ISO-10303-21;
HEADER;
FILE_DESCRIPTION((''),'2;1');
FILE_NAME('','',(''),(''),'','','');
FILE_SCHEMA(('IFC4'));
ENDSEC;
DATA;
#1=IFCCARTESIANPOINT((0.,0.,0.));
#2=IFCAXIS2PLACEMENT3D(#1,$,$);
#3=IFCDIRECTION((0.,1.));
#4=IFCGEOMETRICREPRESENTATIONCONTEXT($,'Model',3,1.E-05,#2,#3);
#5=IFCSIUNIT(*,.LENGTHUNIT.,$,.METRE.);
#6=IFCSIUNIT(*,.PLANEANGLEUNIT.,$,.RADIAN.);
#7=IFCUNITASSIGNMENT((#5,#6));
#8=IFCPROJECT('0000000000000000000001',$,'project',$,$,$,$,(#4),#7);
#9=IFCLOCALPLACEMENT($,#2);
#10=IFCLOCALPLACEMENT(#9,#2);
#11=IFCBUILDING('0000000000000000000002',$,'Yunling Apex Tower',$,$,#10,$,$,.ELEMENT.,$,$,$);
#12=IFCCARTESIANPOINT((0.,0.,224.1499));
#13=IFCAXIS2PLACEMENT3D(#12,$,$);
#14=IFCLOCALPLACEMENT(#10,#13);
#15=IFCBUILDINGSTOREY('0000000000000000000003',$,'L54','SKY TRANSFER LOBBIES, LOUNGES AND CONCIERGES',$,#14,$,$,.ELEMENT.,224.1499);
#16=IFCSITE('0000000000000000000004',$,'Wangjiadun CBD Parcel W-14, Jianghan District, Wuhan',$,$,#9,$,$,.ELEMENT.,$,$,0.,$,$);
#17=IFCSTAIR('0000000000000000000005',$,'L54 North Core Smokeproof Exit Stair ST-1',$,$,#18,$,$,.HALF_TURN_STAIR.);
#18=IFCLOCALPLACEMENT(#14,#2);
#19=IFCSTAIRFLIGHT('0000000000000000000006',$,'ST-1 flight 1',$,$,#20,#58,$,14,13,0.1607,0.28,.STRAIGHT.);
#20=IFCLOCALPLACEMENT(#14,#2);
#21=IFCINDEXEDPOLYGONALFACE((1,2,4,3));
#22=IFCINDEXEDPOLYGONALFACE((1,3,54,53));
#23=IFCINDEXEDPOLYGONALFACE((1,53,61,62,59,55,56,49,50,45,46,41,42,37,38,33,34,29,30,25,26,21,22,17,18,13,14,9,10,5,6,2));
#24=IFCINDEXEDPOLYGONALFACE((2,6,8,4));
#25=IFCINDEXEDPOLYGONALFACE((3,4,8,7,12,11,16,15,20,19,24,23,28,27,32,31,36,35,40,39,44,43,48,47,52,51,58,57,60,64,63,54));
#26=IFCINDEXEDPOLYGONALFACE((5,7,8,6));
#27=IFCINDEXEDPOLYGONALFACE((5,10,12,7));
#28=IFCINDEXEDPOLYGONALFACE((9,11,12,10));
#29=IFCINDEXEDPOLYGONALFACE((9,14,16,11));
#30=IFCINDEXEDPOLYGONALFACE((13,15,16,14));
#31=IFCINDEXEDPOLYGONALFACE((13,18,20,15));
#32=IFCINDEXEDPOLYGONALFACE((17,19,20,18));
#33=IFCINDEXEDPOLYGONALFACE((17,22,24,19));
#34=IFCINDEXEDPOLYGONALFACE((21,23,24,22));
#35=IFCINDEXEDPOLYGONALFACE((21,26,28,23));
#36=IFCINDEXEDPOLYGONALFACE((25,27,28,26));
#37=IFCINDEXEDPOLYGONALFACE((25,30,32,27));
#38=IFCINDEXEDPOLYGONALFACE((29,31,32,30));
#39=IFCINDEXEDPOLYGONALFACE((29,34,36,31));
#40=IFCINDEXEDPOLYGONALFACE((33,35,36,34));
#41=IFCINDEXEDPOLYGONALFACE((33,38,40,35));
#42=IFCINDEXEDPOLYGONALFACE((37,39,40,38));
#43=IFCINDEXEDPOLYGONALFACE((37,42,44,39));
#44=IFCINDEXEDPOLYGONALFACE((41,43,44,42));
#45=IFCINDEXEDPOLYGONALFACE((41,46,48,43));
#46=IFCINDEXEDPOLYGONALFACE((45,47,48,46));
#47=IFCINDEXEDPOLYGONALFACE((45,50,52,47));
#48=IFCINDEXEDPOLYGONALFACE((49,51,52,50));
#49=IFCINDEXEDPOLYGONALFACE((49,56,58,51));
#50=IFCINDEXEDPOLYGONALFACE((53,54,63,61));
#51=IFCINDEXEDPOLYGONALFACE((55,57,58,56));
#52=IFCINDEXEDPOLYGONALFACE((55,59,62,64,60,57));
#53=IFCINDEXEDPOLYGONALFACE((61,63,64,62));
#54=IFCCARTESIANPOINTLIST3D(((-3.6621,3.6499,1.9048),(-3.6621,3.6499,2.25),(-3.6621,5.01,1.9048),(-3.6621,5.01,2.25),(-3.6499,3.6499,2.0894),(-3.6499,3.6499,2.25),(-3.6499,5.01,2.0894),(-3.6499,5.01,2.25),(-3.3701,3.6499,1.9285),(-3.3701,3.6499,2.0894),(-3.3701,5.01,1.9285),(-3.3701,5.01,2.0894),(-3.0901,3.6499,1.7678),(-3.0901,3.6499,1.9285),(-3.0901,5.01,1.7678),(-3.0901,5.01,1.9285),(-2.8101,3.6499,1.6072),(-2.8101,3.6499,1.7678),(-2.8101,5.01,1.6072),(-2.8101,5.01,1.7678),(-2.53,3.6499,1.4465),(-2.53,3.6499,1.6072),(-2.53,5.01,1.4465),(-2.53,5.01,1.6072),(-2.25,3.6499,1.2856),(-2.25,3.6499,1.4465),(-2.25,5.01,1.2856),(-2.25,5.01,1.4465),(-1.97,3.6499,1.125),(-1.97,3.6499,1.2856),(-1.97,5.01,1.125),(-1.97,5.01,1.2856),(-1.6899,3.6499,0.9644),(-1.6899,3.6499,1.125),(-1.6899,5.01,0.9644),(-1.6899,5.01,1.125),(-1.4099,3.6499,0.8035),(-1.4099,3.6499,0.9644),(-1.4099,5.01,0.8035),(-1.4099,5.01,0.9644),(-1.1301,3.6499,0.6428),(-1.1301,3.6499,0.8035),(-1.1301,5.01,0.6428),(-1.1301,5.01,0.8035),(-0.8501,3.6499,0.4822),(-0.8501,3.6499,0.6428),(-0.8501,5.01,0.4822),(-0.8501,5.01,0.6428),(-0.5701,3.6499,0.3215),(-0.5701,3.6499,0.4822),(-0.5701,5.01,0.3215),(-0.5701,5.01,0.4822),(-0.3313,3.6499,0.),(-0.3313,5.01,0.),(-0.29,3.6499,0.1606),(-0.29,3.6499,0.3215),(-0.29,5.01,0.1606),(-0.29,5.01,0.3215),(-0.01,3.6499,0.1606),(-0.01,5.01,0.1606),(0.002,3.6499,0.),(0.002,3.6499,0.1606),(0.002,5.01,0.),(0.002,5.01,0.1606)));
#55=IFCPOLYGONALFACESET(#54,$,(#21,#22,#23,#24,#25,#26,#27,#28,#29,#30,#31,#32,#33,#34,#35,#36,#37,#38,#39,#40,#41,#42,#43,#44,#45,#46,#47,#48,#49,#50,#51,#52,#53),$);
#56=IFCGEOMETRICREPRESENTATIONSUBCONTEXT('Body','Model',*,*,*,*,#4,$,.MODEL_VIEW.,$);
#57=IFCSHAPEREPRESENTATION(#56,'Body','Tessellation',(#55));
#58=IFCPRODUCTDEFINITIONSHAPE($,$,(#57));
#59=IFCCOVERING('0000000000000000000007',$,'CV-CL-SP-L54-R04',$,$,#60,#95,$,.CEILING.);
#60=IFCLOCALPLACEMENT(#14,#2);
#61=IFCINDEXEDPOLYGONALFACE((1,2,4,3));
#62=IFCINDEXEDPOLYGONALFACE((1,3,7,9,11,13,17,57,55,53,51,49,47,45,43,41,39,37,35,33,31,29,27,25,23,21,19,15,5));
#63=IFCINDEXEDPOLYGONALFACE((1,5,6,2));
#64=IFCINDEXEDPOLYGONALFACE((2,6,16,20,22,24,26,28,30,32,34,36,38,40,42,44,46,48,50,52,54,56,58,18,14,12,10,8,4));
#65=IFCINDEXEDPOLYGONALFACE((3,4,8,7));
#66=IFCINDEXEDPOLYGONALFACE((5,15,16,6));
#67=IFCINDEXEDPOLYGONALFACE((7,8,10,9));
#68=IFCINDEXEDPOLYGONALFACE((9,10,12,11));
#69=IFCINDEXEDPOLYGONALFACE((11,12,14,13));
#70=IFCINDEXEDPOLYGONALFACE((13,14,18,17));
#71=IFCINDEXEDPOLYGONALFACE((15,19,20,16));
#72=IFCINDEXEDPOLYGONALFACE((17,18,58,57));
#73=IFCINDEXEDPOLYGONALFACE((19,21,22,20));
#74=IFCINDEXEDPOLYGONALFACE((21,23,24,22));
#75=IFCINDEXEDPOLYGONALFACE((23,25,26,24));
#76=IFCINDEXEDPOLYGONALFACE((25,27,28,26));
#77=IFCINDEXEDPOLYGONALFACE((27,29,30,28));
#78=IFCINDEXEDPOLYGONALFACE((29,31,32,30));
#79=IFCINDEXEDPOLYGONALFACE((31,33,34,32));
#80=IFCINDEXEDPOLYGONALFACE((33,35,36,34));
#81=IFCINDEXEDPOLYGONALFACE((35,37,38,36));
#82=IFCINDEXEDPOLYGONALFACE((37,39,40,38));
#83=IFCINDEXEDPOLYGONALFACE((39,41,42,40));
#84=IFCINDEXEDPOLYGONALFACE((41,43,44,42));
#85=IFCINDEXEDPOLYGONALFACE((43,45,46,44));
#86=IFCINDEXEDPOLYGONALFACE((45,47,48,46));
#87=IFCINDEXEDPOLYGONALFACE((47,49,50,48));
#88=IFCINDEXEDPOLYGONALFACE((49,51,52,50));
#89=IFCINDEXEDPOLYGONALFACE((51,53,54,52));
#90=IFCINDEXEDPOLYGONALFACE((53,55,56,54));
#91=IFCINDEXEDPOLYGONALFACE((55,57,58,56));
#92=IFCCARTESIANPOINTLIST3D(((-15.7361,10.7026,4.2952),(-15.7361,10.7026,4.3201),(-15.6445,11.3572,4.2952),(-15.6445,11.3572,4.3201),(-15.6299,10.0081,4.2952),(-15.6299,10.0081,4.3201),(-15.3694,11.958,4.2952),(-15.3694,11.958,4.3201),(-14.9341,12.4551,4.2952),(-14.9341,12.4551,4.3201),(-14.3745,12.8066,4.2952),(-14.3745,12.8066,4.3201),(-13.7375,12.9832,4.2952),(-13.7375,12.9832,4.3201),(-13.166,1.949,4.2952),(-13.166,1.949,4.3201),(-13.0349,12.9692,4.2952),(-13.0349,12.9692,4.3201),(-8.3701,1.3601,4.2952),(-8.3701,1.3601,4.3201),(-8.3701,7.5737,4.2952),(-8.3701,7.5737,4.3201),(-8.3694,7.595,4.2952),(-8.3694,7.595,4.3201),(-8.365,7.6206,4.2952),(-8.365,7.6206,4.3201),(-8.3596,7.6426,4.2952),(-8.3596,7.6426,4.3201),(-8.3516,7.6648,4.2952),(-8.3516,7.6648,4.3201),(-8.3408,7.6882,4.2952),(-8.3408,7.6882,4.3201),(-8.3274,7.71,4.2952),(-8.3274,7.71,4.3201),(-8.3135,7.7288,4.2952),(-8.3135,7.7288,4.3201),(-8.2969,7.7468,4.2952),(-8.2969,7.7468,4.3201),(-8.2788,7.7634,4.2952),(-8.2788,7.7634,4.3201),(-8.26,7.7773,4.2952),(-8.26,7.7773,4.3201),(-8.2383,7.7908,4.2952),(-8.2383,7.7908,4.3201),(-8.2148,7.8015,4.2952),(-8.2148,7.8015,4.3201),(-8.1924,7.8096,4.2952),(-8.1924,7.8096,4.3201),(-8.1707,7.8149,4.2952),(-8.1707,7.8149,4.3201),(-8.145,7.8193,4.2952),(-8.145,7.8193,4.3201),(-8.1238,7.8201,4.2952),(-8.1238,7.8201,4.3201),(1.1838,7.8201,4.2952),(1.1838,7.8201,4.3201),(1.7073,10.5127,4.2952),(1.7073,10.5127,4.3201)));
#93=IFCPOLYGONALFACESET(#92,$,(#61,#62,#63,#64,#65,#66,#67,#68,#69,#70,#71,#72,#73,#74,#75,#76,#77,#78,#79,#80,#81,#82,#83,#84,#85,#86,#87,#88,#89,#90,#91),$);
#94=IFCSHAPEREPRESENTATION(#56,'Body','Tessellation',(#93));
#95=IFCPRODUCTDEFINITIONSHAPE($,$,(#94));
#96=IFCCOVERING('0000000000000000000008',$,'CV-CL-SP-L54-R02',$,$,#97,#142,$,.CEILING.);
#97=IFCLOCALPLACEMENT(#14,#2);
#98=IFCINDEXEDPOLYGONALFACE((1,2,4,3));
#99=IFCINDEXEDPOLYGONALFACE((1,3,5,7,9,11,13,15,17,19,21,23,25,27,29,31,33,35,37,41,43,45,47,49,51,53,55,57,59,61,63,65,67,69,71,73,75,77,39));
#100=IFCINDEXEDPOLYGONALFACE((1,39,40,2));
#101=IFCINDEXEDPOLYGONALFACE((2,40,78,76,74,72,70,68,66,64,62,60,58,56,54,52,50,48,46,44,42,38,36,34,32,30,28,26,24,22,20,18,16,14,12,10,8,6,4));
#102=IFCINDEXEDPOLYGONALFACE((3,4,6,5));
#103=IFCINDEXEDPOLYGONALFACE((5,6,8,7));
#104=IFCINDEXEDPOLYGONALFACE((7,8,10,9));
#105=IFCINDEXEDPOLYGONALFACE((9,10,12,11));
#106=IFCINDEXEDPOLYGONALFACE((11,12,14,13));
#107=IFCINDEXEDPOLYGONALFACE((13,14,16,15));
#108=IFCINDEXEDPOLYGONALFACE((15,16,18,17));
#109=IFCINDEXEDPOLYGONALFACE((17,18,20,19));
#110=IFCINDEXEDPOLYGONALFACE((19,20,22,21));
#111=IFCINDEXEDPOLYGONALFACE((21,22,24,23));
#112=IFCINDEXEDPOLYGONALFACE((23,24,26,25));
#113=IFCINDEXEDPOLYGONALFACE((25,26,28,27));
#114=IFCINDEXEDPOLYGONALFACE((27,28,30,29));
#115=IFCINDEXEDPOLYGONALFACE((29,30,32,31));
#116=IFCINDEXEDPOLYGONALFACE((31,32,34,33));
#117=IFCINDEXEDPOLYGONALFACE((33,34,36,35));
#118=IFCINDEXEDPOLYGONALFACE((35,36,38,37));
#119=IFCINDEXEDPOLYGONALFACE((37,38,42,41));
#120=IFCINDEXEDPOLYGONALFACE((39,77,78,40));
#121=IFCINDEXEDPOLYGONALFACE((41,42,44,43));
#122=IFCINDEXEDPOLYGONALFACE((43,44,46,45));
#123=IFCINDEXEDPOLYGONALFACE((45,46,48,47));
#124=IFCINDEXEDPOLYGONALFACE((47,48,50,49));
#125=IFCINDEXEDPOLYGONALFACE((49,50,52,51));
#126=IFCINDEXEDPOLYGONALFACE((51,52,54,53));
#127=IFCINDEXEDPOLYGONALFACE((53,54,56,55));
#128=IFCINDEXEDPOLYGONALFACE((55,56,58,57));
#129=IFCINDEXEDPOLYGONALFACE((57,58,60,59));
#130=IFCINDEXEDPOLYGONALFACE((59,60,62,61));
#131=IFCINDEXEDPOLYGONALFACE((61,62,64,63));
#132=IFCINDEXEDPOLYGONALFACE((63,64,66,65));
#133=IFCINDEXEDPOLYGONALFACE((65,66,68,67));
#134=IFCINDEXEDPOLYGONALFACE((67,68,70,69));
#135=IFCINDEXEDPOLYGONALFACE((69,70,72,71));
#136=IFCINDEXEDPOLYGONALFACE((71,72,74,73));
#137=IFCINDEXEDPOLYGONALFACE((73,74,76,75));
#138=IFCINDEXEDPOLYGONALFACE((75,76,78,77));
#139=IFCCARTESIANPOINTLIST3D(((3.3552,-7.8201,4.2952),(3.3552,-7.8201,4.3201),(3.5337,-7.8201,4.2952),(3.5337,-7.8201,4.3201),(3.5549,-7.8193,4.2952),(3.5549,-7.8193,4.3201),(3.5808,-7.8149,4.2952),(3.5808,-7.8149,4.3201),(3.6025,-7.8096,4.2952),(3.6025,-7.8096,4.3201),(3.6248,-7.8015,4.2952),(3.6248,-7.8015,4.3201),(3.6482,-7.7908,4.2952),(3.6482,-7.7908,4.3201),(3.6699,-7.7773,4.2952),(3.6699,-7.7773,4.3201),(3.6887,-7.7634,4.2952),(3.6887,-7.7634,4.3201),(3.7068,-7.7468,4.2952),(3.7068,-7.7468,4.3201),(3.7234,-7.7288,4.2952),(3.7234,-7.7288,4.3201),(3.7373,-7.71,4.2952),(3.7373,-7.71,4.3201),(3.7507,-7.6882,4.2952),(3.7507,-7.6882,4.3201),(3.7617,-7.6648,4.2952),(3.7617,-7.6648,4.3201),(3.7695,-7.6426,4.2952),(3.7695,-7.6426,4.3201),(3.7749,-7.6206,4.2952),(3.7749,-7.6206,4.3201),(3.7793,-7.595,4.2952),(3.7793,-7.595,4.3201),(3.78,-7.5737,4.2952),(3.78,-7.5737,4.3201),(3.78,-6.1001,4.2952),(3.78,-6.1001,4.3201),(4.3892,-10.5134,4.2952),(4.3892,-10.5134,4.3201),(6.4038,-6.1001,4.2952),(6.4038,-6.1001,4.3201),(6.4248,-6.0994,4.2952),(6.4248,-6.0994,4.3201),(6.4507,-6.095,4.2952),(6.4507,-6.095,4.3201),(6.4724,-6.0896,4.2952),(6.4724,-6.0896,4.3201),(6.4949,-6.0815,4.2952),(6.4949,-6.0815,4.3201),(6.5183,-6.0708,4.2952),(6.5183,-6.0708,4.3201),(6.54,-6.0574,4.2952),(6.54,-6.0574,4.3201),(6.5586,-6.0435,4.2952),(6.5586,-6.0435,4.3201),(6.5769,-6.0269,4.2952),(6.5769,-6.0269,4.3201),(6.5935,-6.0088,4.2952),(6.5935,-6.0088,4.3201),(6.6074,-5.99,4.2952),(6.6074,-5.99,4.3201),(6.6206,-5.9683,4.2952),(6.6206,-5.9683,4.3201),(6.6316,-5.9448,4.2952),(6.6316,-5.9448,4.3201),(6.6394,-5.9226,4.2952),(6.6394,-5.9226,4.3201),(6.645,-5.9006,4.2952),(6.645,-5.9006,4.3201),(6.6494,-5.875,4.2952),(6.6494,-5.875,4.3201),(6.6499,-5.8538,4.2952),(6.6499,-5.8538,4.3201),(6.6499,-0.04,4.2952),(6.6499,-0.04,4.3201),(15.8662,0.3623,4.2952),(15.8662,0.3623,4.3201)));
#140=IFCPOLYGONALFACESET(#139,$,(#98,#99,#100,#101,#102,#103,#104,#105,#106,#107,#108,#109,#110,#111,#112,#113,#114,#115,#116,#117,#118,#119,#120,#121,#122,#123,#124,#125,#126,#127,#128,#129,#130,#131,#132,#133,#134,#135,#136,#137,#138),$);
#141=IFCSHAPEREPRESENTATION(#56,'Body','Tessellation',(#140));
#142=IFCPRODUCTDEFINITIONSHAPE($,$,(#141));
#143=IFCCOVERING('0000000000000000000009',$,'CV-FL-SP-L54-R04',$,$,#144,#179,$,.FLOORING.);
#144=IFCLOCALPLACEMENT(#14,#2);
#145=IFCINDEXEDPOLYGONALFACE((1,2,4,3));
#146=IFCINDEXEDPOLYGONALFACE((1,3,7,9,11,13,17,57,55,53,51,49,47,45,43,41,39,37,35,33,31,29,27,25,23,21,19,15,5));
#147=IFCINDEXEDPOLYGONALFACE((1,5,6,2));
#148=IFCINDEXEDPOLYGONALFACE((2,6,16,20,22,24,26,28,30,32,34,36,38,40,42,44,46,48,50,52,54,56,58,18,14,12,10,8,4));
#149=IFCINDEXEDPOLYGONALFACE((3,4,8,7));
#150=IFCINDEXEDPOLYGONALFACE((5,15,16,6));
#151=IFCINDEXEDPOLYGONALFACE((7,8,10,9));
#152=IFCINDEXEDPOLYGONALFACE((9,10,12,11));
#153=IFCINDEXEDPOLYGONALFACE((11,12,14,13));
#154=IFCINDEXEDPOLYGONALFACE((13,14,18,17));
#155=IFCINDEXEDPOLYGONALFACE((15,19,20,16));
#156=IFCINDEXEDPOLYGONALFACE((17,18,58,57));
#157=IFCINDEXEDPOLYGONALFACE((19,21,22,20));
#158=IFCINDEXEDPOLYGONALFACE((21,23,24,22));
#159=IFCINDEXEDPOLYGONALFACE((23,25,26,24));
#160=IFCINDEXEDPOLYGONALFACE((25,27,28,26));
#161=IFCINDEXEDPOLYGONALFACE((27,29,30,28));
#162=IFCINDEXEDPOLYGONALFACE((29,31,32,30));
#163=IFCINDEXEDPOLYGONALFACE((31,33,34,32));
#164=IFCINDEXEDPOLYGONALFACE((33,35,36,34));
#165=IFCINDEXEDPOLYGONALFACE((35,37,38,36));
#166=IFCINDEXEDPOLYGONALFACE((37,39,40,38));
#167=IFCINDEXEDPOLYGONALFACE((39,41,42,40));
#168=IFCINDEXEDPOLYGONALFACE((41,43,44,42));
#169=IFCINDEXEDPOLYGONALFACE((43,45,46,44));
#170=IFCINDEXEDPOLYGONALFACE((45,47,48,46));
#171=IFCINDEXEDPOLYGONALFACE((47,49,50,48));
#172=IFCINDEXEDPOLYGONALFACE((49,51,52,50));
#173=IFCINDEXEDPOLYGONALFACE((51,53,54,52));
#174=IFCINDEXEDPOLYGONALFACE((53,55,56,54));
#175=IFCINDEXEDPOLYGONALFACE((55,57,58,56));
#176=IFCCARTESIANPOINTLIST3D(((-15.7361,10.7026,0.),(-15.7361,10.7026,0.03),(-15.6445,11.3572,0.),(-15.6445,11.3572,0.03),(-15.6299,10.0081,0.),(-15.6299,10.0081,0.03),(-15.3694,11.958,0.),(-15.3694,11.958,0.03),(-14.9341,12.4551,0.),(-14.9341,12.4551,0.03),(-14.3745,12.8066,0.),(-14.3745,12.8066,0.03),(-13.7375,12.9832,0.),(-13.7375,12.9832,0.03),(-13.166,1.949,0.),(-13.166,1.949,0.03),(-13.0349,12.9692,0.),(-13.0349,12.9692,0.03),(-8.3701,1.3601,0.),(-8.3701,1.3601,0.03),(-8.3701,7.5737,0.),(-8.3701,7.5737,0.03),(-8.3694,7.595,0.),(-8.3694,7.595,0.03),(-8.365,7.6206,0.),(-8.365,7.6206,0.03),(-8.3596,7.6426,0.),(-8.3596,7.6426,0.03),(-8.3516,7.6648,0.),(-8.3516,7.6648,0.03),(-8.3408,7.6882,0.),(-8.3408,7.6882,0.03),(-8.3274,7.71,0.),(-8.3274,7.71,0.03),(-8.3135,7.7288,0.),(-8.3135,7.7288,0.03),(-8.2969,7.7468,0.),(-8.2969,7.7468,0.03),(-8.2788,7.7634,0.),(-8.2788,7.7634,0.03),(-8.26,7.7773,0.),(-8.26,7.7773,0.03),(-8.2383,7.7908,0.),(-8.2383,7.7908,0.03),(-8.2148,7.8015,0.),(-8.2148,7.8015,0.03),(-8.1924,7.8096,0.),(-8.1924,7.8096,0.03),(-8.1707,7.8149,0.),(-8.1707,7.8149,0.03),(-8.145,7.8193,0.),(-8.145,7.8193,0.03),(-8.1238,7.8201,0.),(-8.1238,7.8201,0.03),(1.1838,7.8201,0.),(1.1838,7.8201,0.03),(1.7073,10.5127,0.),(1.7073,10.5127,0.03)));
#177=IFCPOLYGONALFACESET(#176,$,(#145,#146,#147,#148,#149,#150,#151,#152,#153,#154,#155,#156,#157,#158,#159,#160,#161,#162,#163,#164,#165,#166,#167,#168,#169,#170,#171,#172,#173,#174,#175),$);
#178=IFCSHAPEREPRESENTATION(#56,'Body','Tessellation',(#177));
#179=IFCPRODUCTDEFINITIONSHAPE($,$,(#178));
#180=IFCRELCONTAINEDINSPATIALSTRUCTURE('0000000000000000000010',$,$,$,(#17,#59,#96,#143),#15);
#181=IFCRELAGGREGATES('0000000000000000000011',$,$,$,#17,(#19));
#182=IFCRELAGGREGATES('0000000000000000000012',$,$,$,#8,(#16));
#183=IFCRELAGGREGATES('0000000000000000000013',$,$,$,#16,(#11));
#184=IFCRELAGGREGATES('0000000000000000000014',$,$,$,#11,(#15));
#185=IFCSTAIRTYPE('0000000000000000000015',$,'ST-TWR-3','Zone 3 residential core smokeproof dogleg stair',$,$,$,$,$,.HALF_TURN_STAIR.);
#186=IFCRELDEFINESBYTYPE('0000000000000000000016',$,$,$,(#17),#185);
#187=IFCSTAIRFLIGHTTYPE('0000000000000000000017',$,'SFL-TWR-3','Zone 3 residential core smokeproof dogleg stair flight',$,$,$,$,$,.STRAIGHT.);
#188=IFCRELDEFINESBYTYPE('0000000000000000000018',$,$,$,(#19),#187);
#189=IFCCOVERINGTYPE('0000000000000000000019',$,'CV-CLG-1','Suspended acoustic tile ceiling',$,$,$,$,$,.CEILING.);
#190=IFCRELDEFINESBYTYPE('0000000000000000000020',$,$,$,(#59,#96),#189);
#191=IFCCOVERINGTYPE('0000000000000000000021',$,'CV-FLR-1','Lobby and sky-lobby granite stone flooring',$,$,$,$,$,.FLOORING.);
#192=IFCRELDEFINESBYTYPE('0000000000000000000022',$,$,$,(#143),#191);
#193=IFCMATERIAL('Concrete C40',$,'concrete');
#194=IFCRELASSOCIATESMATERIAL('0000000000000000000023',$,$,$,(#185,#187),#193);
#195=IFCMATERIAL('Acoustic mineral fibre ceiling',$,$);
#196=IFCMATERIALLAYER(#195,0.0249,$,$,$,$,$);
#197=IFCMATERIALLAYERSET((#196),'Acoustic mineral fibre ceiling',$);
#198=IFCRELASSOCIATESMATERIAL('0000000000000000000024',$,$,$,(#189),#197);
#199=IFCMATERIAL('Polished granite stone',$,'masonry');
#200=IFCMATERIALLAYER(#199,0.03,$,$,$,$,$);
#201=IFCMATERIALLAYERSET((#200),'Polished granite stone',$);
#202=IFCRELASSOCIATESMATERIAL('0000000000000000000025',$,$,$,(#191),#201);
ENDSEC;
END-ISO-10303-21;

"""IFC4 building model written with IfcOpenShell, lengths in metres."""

from ifc_helpers import new_model, si_unit, direction, frame, origin, place, context, subcontext, project, spatial, polyline, outline, extrude, material, layer, layer_set, type_object, element, aggregate, save


model = new_model("IFC4")

# Units and contexts
model_context = context("Model", 3, precision=1e-05, world=origin(), true_north=direction((0.0, 1.0)))
body_context = subcontext(model_context, "Body", "Model", "MODEL_VIEW")
ifc_project = project(units=[si_unit("LENGTHUNIT", "METRE"), si_unit("PLANEANGLEUNIT", "RADIAN")], contexts=[model_context])

# Site, building, storey
site_placement = place(None, origin())
site = spatial("IfcSite", under=ifc_project, at=site_placement, Name="Wangjiadun CBD Parcel W-14, Jianghan District, Wuhan", CompositionType="ELEMENT", RefElevation=0.0)
building_placement = place(site_placement, origin())
building = spatial("IfcBuilding", under=site, at=building_placement, Name="Yunling Apex Tower", CompositionType="ELEMENT")
storey_placement = place(building_placement, frame((0.0, 0.0, 224.1499)))
storey = spatial("IfcBuildingStorey", under=building, at=storey_placement, Name="L54", Description="SKY TRANSFER LOBBIES, LOUNGES AND CONCIERGES", CompositionType="ELEMENT", Elevation=224.1499)

# Shared definitions
ifc_material_1 = material(Name="Concrete C40", Category="concrete")

# Stair
stair_type = type_object("IfcStairType", Name="ST-TWR-3", Description="Zone 3 residential core smokeproof dogleg stair", PredefinedType="HALF_TURN_STAIR", material=ifc_material_1)
stair_1_placement = place(storey_placement, origin())
stair_1 = element("IfcStair", 1, at=stair_1_placement, inside=storey, type_object=stair_type, Name="L54 North Core Smokeproof Exit Stair ST-1", PredefinedType="HALF_TURN_STAIR")

# Stair flight
stair_flight_type = type_object("IfcStairFlightType", Name="SFL-TWR-3", Description="Zone 3 residential core smokeproof dogleg stair flight", PredefinedType="STRAIGHT", material=ifc_material_1)
stair_flight_placement = place(storey_placement, frame((-0.01, 4.3301, 0.0), z_axis=(0.0, 0.0, 1.0), x_axis=(-1.0, 0.0, 0.0)))
stair_flight = element("IfcStairFlight", 2, at=stair_flight_placement, type_object=stair_flight_type, Name="ST-1 flight 1", NumberOfRisers=14, NumberOfTreads=13, PredefinedType="STRAIGHT", RiserHeight=0.1607, TreadLength=0.28, context=body_context, shape_type="SweptSolid", body=[
    extrude(outline(polyline([(-0.012, 0.0), (-0.012, 0.1606), (0.0, 0.1606), (0.28, 0.1606), (0.28, 0.3215), (0.5601, 0.3215), (0.5601, 0.4822), (0.8401, 0.4822), (0.8401, 0.6428), (1.1201, 0.6428), (1.1201, 0.8035), (1.3999, 0.8035), (1.3999, 0.9644), (1.6799, 0.9644), (1.6799, 1.125), (1.96, 1.125), (1.96, 1.2856), (2.24, 1.2856), (2.24, 1.4465), (2.52, 1.4465), (2.52, 1.6072), (2.8, 1.6072), (2.8, 1.7678), (3.0801, 1.7678), (3.0801, 1.9285), (3.3601, 1.9285), (3.3601, 2.0894), (3.6399, 2.0894), (3.6399, 2.25), (3.6521, 2.25), (3.6521, 1.9048), (0.3213, 0.0), (-0.012, 0.0)])), frame((0.0, 0.6802, 0.0), z_axis=(0.0, -1.0, 0.0), x_axis=(1.0, 0.0, 0.0)), (0.0, 0.0, 1.0), 1.3601),
])
aggregate(stair_1, [stair_flight])

# Coverings
ifc_material_2 = material(Name="Acoustic mineral fibre ceiling")
ifc_layer_1 = layer(ifc_material_2, 0.0249)
ifc_layer_set_1 = layer_set([ifc_layer_1], Name="Acoustic mineral fibre ceiling")
covering_type_1 = type_object("IfcCoveringType", Name="CV-CLG-1", Description="Suspended acoustic tile ceiling", PredefinedType="CEILING", material=ifc_layer_set_1)
covering_1_placement = place(storey_placement, frame((0.0, 0.0, 4.2952)))
element("IfcCovering", 3, at=covering_1_placement, inside=storey, type_object=covering_type_1, Name="CV-CL-SP-L54-R04", PredefinedType="CEILING", context=body_context, shape_type="SweptSolid", body=[
    extrude(outline(polyline([(-15.7361, 10.7026), (-15.6445, 11.3572), (-15.3694, 11.958), (-14.9341, 12.4551), (-14.3745, 12.8066), (-13.7375, 12.9832), (-13.0349, 12.9692), (1.7073, 10.5127), (1.1838, 7.8201), (-8.1238, 7.8201), (-8.145, 7.8193), (-8.1707, 7.8149), (-8.1924, 7.8096), (-8.2148, 7.8015), (-8.2383, 7.7908), (-8.26, 7.7773), (-8.2788, 7.7634), (-8.2969, 7.7468), (-8.3135, 7.7288), (-8.3274, 7.71), (-8.3408, 7.6882), (-8.3516, 7.6648), (-8.3596, 7.6426), (-8.365, 7.6206), (-8.3694, 7.595), (-8.3701, 7.5737), (-8.3701, 1.3601), (-13.166, 1.949), (-15.6299, 10.0081), (-15.7361, 10.7026)])), origin(), (0.0, 0.0, 1.0), 0.0249),
])
covering_2_placement = place(storey_placement, frame((0.0, 0.0, 4.2952)))
element("IfcCovering", 4, at=covering_2_placement, inside=storey, type_object=covering_type_1, Name="CV-CL-SP-L54-R02", PredefinedType="CEILING", context=body_context, shape_type="SweptSolid", body=[
    extrude(outline(polyline([(4.3892, -10.5134), (3.3552, -7.8201), (3.5337, -7.8201), (3.5549, -7.8193), (3.5808, -7.8149), (3.6025, -7.8096), (3.6248, -7.8015), (3.6482, -7.7908), (3.6699, -7.7773), (3.6887, -7.7634), (3.7068, -7.7468), (3.7234, -7.7288), (3.7373, -7.71), (3.7507, -7.6882), (3.7617, -7.6648), (3.7695, -7.6426), (3.7749, -7.6206), (3.7793, -7.595), (3.78, -7.5737), (3.78, -6.1001), (6.4038, -6.1001), (6.4248, -6.0994), (6.4507, -6.095), (6.4724, -6.0896), (6.4949, -6.0815), (6.5183, -6.0708), (6.54, -6.0574), (6.5586, -6.0435), (6.5769, -6.0269), (6.5935, -6.0088), (6.6074, -5.99), (6.6206, -5.9683), (6.6316, -5.9448), (6.6394, -5.9226), (6.645, -5.9006), (6.6494, -5.875), (6.6499, -5.8538), (6.6499, -0.04), (15.8662, 0.3623), (4.3892, -10.5134)])), origin(), (0.0, 0.0, 1.0), 0.0249),
])
ifc_material_3 = material(Name="Polished granite stone", Category="masonry")
ifc_layer_2 = layer(ifc_material_3, 0.03)
ifc_layer_set_2 = layer_set([ifc_layer_2], Name="Polished granite stone")
covering_type_2 = type_object("IfcCoveringType", Name="CV-FLR-1", Description="Lobby and sky-lobby granite stone flooring", PredefinedType="FLOORING", material=ifc_layer_set_2)
covering_3_placement = place(storey_placement, origin())
element("IfcCovering", 5, at=covering_3_placement, inside=storey, type_object=covering_type_2, Name="CV-FL-SP-L54-R04", PredefinedType="FLOORING", context=body_context, shape_type="SweptSolid", body=[
    extrude(outline(polyline([(-15.7361, 10.7026), (-15.6445, 11.3572), (-15.3694, 11.958), (-14.9341, 12.4551), (-14.3745, 12.8066), (-13.7375, 12.9832), (-13.0349, 12.9692), (1.7073, 10.5127), (1.1838, 7.8201), (-8.1238, 7.8201), (-8.145, 7.8193), (-8.1707, 7.8149), (-8.1924, 7.8096), (-8.2148, 7.8015), (-8.2383, 7.7908), (-8.26, 7.7773), (-8.2788, 7.7634), (-8.2969, 7.7468), (-8.3135, 7.7288), (-8.3274, 7.71), (-8.3408, 7.6882), (-8.3516, 7.6648), (-8.3596, 7.6426), (-8.365, 7.6206), (-8.3694, 7.595), (-8.3701, 7.5737), (-8.3701, 1.3601), (-13.166, 1.949), (-15.6299, 10.0081), (-15.7361, 10.7026)])), origin(), (0.0, 0.0, 1.0), 0.03),
])

save(model, "model.ifc")
